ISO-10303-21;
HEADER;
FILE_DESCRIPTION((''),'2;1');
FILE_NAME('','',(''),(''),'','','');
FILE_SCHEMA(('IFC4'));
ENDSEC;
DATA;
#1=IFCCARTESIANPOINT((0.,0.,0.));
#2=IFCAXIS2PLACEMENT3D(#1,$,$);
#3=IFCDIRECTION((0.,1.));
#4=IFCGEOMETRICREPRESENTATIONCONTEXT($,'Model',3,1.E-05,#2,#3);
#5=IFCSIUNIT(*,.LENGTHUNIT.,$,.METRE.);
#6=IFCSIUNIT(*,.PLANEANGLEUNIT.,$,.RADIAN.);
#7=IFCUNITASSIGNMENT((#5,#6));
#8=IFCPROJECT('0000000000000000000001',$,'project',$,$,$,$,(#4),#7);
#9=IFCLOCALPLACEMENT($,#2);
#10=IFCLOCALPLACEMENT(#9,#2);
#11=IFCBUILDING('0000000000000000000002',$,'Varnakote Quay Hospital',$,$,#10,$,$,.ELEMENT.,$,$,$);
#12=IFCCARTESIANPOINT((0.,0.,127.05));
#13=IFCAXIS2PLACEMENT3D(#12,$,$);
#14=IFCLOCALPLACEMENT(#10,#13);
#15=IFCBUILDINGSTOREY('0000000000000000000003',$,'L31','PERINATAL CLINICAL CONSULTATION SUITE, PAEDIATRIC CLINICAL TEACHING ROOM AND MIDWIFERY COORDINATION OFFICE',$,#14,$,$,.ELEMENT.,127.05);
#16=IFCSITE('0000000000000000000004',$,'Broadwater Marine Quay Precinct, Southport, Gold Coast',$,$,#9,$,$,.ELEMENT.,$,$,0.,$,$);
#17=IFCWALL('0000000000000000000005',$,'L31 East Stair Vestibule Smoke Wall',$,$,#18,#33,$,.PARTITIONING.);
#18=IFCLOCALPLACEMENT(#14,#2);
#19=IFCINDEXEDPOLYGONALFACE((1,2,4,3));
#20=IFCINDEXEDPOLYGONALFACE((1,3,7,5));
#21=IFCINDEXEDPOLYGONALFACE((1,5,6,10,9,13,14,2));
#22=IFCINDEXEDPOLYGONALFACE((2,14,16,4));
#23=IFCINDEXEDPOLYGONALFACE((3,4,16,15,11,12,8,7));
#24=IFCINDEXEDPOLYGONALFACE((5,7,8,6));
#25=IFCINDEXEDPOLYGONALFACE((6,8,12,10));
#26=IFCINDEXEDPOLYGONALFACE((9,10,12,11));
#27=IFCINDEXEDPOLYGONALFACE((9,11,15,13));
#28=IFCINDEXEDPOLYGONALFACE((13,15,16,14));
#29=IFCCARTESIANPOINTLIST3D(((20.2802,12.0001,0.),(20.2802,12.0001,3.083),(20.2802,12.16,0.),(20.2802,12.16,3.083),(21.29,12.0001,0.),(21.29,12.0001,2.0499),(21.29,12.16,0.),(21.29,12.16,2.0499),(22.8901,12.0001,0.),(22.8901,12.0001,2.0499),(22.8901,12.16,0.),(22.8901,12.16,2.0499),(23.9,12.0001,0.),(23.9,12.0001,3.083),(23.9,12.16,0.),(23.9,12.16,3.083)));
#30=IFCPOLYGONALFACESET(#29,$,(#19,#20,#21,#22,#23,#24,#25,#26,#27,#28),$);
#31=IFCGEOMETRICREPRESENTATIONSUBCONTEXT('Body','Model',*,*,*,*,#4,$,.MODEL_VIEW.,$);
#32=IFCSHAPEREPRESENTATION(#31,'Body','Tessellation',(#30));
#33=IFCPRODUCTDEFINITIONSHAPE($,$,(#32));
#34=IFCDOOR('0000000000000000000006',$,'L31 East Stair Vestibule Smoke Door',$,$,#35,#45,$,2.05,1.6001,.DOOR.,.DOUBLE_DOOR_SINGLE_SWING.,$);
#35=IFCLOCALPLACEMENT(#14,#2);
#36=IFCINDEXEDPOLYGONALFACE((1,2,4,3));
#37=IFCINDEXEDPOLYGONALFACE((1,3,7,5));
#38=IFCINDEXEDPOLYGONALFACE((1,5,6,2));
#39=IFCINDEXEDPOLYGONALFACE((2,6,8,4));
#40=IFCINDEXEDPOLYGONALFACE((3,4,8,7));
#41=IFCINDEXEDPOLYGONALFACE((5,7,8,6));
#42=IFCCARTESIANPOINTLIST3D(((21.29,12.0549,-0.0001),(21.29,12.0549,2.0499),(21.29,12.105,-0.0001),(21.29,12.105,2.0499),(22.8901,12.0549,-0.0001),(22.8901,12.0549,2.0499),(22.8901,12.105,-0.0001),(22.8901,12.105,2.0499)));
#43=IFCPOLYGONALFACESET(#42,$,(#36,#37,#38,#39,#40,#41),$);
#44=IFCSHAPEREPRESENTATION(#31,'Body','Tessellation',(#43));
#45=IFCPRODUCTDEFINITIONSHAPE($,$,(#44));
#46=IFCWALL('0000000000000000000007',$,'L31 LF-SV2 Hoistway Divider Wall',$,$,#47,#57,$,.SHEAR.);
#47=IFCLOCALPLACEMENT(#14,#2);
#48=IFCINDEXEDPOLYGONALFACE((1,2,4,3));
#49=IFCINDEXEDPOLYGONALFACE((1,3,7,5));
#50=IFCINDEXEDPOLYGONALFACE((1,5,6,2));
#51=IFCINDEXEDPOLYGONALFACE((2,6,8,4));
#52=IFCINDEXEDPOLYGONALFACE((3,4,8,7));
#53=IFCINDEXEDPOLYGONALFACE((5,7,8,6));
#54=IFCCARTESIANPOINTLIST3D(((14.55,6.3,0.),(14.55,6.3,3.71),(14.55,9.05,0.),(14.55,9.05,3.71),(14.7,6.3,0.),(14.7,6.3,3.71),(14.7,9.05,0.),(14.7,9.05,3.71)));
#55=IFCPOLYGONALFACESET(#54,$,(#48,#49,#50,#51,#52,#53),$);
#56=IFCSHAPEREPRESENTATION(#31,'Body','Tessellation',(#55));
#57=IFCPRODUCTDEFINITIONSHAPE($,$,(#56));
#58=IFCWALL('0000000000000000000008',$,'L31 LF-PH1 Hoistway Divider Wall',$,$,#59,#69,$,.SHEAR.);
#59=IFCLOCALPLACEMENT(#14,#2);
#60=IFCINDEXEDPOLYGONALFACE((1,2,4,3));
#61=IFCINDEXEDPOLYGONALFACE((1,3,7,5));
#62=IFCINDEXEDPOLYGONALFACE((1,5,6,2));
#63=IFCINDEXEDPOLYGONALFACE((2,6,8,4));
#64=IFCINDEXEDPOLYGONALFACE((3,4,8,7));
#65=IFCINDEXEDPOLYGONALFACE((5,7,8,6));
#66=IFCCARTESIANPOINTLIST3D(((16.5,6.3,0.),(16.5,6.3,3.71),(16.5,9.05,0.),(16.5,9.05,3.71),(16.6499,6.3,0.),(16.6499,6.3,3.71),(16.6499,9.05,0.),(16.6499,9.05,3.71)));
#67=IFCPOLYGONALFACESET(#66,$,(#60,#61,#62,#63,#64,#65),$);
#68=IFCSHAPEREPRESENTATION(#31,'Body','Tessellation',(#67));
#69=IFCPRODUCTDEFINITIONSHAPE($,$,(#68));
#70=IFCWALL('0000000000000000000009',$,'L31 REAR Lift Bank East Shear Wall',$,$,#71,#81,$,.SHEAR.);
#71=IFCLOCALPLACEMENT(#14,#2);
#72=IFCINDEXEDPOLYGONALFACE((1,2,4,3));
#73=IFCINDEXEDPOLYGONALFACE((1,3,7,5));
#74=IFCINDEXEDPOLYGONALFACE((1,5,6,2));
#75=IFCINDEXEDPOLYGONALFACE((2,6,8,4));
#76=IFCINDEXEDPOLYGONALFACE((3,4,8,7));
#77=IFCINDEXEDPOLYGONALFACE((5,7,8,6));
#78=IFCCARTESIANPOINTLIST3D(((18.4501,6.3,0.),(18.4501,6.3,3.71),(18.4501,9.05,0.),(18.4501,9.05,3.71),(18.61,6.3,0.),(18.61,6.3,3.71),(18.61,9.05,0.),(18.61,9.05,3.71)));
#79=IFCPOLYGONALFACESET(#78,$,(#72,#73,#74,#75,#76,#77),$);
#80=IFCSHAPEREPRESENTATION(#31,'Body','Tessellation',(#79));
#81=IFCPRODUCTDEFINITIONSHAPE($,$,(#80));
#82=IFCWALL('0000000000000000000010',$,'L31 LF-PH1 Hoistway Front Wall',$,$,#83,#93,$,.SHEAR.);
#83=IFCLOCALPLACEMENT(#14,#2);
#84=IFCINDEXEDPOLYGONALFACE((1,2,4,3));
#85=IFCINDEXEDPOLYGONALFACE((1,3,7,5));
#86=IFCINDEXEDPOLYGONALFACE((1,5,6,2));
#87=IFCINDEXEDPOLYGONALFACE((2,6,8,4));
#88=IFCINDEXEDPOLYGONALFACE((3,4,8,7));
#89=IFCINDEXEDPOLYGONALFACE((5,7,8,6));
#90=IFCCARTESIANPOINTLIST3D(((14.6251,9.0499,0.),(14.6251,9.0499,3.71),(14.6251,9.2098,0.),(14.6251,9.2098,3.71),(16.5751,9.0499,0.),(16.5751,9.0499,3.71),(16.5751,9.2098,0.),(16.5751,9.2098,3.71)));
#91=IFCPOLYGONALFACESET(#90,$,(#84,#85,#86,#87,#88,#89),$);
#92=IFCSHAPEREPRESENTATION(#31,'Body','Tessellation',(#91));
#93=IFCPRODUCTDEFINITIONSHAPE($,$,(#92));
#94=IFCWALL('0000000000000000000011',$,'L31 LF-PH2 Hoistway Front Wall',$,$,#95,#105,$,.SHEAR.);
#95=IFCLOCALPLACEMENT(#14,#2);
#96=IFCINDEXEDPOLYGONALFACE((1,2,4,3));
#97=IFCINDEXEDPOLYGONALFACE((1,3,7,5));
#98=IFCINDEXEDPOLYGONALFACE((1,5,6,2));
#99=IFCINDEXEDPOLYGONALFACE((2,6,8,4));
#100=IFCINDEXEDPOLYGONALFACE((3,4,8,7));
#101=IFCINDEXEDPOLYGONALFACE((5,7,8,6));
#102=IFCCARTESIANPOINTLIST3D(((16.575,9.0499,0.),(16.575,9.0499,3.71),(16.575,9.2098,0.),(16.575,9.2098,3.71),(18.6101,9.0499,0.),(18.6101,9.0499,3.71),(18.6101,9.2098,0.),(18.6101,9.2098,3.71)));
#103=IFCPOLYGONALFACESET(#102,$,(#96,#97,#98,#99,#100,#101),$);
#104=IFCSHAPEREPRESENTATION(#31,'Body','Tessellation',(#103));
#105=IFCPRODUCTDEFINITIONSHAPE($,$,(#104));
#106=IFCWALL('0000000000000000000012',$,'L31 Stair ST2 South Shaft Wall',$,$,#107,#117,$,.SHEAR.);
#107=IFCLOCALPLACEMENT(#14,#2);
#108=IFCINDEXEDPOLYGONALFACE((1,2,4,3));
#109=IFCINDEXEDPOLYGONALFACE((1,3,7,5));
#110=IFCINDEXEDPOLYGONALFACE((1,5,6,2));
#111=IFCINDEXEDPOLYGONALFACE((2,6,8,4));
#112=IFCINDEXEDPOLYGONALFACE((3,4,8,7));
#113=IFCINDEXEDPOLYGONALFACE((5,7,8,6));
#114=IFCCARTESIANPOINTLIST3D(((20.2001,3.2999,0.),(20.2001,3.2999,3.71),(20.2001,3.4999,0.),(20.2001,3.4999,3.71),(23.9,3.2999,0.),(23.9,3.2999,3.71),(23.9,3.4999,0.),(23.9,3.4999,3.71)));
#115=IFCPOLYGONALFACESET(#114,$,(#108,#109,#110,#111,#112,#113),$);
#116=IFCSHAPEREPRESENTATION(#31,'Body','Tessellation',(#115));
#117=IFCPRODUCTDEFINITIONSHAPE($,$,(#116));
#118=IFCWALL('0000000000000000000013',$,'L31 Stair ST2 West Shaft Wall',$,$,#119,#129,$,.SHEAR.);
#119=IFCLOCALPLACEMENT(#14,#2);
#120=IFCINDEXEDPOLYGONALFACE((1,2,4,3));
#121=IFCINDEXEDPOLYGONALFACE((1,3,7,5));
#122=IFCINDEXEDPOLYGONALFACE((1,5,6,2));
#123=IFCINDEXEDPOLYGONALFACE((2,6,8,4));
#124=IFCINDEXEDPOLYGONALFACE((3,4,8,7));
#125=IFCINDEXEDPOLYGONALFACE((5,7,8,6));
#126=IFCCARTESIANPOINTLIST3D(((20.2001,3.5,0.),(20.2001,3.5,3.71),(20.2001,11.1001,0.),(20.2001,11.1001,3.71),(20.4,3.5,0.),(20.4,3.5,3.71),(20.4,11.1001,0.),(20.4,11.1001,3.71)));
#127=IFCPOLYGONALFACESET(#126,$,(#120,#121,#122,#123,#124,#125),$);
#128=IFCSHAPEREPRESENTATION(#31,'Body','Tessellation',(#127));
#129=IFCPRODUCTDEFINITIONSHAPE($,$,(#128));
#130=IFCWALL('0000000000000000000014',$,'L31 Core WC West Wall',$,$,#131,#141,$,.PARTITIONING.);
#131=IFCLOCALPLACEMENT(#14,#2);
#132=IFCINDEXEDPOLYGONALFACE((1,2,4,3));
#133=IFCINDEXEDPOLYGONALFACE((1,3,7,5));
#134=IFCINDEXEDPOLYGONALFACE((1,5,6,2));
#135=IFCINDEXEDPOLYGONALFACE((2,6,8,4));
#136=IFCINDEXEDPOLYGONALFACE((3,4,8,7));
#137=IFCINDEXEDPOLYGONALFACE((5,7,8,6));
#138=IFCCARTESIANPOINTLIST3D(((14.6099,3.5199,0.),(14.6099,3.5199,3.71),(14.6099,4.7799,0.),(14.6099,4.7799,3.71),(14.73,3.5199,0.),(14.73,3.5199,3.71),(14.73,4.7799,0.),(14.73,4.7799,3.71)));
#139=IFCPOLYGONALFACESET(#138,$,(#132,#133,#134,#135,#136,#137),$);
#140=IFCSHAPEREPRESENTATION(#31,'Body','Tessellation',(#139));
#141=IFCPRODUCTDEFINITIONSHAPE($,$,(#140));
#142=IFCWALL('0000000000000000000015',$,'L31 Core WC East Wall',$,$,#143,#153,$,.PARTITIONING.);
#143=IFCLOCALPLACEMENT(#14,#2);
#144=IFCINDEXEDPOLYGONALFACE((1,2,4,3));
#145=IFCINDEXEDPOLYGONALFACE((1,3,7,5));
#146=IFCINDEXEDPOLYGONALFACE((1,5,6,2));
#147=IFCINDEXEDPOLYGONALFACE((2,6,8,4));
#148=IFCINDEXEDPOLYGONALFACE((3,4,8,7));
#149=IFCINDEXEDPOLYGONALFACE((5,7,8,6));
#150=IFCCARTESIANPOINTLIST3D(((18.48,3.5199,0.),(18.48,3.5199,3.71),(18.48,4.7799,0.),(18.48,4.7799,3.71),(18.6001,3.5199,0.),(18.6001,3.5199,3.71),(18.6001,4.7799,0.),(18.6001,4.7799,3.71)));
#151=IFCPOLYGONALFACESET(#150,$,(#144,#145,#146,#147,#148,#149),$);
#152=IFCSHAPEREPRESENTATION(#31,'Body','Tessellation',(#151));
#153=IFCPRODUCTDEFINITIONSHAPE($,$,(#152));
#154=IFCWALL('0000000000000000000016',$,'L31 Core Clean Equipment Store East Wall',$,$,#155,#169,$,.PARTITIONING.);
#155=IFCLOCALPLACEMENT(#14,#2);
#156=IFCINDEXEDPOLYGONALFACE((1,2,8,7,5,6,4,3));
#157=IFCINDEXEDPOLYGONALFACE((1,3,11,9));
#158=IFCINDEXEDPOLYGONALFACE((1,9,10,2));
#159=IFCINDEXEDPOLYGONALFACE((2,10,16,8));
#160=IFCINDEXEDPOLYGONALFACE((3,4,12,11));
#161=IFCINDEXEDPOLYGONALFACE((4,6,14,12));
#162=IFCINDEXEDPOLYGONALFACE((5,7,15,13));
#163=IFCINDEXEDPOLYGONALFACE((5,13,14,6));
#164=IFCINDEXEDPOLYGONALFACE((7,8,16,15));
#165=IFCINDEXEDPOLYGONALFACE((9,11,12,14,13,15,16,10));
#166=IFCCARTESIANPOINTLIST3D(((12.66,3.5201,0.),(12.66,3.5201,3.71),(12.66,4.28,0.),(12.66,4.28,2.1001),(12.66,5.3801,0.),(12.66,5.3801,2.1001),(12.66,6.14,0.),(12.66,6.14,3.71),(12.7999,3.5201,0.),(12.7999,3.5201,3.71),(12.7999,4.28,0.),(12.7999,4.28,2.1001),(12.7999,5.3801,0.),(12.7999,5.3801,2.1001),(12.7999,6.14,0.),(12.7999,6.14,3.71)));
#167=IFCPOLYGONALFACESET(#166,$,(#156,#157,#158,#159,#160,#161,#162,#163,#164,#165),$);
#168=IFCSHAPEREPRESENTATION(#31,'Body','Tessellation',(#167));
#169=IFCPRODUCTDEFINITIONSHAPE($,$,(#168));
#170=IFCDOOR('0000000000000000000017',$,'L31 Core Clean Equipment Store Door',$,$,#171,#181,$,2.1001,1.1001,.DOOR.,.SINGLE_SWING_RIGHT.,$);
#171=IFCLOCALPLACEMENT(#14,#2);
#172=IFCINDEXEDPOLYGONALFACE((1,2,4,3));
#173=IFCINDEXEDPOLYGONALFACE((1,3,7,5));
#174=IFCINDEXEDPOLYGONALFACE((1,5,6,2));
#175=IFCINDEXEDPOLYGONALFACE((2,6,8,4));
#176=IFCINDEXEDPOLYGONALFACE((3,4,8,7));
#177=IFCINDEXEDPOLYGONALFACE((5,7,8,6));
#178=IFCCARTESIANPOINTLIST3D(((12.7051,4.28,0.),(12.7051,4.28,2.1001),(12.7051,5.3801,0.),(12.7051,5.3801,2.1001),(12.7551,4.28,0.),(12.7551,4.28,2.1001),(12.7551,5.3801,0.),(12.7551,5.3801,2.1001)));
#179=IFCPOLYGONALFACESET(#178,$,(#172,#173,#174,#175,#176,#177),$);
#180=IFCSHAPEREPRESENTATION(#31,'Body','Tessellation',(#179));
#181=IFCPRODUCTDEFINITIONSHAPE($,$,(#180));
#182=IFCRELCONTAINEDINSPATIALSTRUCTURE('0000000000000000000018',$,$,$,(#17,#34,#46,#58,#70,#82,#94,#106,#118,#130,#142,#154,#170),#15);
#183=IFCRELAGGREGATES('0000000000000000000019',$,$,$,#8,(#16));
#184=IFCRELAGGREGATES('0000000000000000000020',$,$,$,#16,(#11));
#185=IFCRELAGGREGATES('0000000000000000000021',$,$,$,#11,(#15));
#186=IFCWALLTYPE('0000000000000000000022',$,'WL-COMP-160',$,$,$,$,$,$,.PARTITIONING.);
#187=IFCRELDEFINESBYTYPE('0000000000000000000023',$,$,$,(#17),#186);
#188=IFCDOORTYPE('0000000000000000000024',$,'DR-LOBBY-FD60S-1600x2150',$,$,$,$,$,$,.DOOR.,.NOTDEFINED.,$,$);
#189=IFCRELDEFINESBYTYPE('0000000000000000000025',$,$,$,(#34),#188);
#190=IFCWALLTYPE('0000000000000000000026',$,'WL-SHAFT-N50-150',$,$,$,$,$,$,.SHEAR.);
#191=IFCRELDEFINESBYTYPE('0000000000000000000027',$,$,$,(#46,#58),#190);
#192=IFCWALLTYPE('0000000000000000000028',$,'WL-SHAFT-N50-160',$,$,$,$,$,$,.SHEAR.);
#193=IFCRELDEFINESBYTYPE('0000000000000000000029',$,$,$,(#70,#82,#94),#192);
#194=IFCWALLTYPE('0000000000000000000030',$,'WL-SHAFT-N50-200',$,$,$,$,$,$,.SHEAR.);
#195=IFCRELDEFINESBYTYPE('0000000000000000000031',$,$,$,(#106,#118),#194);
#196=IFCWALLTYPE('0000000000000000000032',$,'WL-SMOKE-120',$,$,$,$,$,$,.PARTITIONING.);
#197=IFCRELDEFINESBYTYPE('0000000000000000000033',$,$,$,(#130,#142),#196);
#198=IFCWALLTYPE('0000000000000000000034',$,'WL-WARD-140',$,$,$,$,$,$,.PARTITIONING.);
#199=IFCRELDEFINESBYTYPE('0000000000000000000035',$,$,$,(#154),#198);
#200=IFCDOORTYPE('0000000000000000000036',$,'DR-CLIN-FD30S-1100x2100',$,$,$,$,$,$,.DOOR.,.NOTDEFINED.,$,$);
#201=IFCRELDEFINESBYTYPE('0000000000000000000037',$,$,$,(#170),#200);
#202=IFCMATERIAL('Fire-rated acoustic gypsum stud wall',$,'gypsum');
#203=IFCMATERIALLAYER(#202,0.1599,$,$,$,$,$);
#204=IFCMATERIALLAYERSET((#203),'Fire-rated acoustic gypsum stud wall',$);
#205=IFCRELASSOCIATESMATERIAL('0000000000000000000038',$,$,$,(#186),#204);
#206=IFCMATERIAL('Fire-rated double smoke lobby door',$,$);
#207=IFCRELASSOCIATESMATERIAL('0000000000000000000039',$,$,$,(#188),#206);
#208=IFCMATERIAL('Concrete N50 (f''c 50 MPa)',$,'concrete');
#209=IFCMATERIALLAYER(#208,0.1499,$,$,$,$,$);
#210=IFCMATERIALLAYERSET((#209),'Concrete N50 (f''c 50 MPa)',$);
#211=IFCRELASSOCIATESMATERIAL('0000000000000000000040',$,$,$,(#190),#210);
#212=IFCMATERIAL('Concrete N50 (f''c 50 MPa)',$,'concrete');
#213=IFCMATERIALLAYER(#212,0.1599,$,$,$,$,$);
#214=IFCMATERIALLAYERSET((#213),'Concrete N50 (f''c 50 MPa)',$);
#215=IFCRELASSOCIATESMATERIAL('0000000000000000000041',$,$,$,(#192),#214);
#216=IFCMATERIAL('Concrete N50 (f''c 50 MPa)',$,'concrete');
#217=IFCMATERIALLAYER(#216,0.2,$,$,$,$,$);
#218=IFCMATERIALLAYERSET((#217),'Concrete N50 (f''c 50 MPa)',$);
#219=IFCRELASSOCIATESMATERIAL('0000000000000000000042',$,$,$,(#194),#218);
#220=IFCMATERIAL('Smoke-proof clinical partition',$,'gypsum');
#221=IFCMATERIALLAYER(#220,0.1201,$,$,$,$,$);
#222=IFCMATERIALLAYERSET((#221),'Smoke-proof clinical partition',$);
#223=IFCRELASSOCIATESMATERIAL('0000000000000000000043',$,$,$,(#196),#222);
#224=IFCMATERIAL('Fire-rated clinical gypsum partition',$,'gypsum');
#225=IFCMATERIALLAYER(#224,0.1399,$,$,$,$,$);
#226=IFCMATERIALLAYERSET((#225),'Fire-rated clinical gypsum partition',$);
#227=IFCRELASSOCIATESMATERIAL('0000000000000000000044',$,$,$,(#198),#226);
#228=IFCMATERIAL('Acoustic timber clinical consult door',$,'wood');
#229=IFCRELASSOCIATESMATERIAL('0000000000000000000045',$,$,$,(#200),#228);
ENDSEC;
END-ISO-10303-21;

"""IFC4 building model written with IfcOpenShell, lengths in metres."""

from ifc_helpers import new_model, si_unit, direction, frame, frame_2d, origin, place, context, subcontext, project, spatial, rectangle, extrude, material, layer, layer_set, type_object, element, fill, save


model = new_model("IFC4")

# Units and contexts
model_context = context("Model", 3, precision=1e-05, world=origin(), true_north=direction((0.0, 1.0)))
body_context = subcontext(model_context, "Body", "Model", "MODEL_VIEW")
ifc_project = project(units=[si_unit("LENGTHUNIT", "METRE"), si_unit("PLANEANGLEUNIT", "RADIAN")], contexts=[model_context])

# Site, building, storey
site_placement = place(None, origin())
site = spatial("IfcSite", under=ifc_project, at=site_placement, Name="Broadwater Marine Quay Precinct, Southport, Gold Coast", CompositionType="ELEMENT", RefElevation=0.0)
building_placement = place(site_placement, origin())
building = spatial("IfcBuilding", under=site, at=building_placement, Name="Varnakote Quay Hospital", CompositionType="ELEMENT")
storey_placement = place(building_placement, frame((0.0, 0.0, 127.05)))
storey = spatial("IfcBuildingStorey", under=building, at=storey_placement, Name="L31", Description="PERINATAL CLINICAL CONSULTATION SUITE, PAEDIATRIC CLINICAL TEACHING ROOM AND MIDWIFERY COORDINATION OFFICE", CompositionType="ELEMENT", Elevation=127.05)

# Shared definitions
ifc_material_1 = material(Name="Fire-rated acoustic gypsum stud wall", Category="gypsum")
ifc_layer_1 = layer(ifc_material_1, 0.1599)
ifc_layer_set_1 = layer_set([ifc_layer_1], Name="Fire-rated acoustic gypsum stud wall")
wall_type_1 = type_object("IfcWallType", Name="WL-COMP-160", PredefinedType="PARTITIONING", material=ifc_layer_set_1)

# Shared definitions
ifc_material_2 = material(Name="Fire-rated double smoke lobby door")
door_type_1 = type_object("IfcDoorType", Name="DR-LOBBY-FD60S-1600x2150", OperationType="NOTDEFINED", PredefinedType="DOOR", material=ifc_material_2)

# Wall, opening, door
wall_1_placement = place(storey_placement, frame((20.28, 12.0801, 0.0), z_axis=(0.0, 0.0, 1.0), x_axis=(1.0, 0.0, 0.0)))
wall_1 = element("IfcWall", 1, at=wall_1_placement, inside=storey, type_object=wall_type_1, Name="L31 East Stair Vestibule Smoke Wall", PredefinedType="PARTITIONING", context=body_context, shape_type="SweptSolid", body=[
    extrude(rectangle(XDim=3.6199, YDim=0.1599, at=frame_2d((1.8101, 0.0))), origin(), (0.0, 0.0, 1.0), 3.083),
])
opening_1_placement = place(wall_1_placement, frame((1.01, 0.0, 0.0)))
opening_1 = element("IfcOpeningElement", 2, at=opening_1_placement, cuts=wall_1, PredefinedType="OPENING", context=body_context, shape_type="SweptSolid", body=[
    extrude(rectangle(XDim=1.6001, YDim=2.05, at=frame_2d((0.8, 1.0249))), frame((0.0, 0.0898, 0.0), z_axis=(0.0, -1.0, 0.0), x_axis=(1.0, 0.0, 0.0)), (0.0, 0.0, 1.0), 0.1799),
])
door_1_placement = place(opening_1_placement, origin())
door_1 = element("IfcDoor", 3, at=door_1_placement, inside=storey, type_object=door_type_1, Name="L31 East Stair Vestibule Smoke Door", OperationType="DOUBLE_DOOR_SINGLE_SWING", OverallHeight=2.05, OverallWidth=1.6001, PredefinedType="DOOR", context=body_context, shape_type="SweptSolid", body=[
    extrude(rectangle(XDim=1.6001, YDim=2.05, at=frame_2d((0.8, 1.0249))), frame((0.0, 0.0249, 0.0), z_axis=(0.0, -1.0, 0.0), x_axis=(1.0, 0.0, 0.0)), (0.0, 0.0, 1.0), 0.05),
])
fill(opening_1, door_1)

# Walls
ifc_material_3 = material(Name="Concrete N50 (f'c 50 MPa)", Category="concrete")
ifc_layer_2 = layer(ifc_material_3, 0.1499)
ifc_layer_set_2 = layer_set([ifc_layer_2], Name="Concrete N50 (f'c 50 MPa)")
wall_type_2 = type_object("IfcWallType", Name="WL-SHAFT-N50-150", PredefinedType="SHEAR", material=ifc_layer_set_2)
for number, where, z_axis, x_axis, name in (
    (4, (14.625, 6.3, 0.0), (0.0, 0.0, 1.0), (0.0, 1.0, 0.0), "L31 LF-SV2 Hoistway Divider Wall"),
    (5, (16.575, 6.3, 0.0), (0.0, 0.0, 1.0), (0.0, 1.0, 0.0), "L31 LF-PH1 Hoistway Divider Wall"),
):
    element("IfcWall", number, at=place(storey_placement, frame(where, z_axis=z_axis, x_axis=x_axis)), inside=storey, type_object=wall_type_2, Name=name, PredefinedType="SHEAR", context=body_context, shape_type="SweptSolid", body=[
        extrude(rectangle(XDim=2.75, YDim=0.1499, at=frame_2d((1.375, 0.0))), origin(), (0.0, 0.0, 1.0), 3.71),
    ])
ifc_material_4 = material(Name="Concrete N50 (f'c 50 MPa)", Category="concrete")
ifc_layer_3 = layer(ifc_material_4, 0.1599)
ifc_layer_set_3 = layer_set([ifc_layer_3], Name="Concrete N50 (f'c 50 MPa)")
wall_type_3 = type_object("IfcWallType", Name="WL-SHAFT-N50-160", PredefinedType="SHEAR", material=ifc_layer_set_3)
wall_2_placement = place(storey_placement, frame((18.53, 6.3, 0.0), z_axis=(0.0, 0.0, 1.0), x_axis=(0.0, 1.0, 0.0)))
element("IfcWall", 6, at=wall_2_placement, inside=storey, type_object=wall_type_3, Name="L31 REAR Lift Bank East Shear Wall", PredefinedType="SHEAR", context=body_context, shape_type="SweptSolid", body=[
    extrude(rectangle(XDim=2.75, YDim=0.1599, at=frame_2d((1.375, 0.0))), origin(), (0.0, 0.0, 1.0), 3.71),
])

# Walls
wall_3_placement = place(storey_placement, frame((14.625, 9.1299, 0.0), z_axis=(0.0, 0.0, 1.0), x_axis=(1.0, 0.0, 0.0)))
element("IfcWall", 7, at=wall_3_placement, inside=storey, type_object=wall_type_3, Name="L31 LF-PH1 Hoistway Front Wall", PredefinedType="SHEAR", context=body_context, shape_type="SweptSolid", body=[
    extrude(rectangle(XDim=1.95, YDim=0.1599, at=frame_2d((0.9751, 0.0))), origin(), (0.0, 0.0, 1.0), 3.71),
])
wall_4_placement = place(storey_placement, frame((16.575, 9.1299, 0.0), z_axis=(0.0, 0.0, 1.0), x_axis=(1.0, 0.0, 0.0)))
element("IfcWall", 8, at=wall_4_placement, inside=storey, type_object=wall_type_3, Name="L31 LF-PH2 Hoistway Front Wall", PredefinedType="SHEAR", context=body_context, shape_type="SweptSolid", body=[
    extrude(rectangle(XDim=2.0352, YDim=0.1599, at=frame_2d((1.0176, 0.0))), origin(), (0.0, 0.0, 1.0), 3.71),
])
ifc_material_5 = material(Name="Concrete N50 (f'c 50 MPa)", Category="concrete")
ifc_layer_4 = layer(ifc_material_5, 0.2)
ifc_layer_set_4 = layer_set([ifc_layer_4], Name="Concrete N50 (f'c 50 MPa)")
wall_type_4 = type_object("IfcWallType", Name="WL-SHAFT-N50-200", PredefinedType="SHEAR", material=ifc_layer_set_4)
wall_5_placement = place(storey_placement, frame((20.2, 3.3999, 0.0), z_axis=(0.0, 0.0, 1.0), x_axis=(1.0, 0.0, 0.0)))
element("IfcWall", 9, at=wall_5_placement, inside=storey, type_object=wall_type_4, Name="L31 Stair ST2 South Shaft Wall", PredefinedType="SHEAR", context=body_context, shape_type="SweptSolid", body=[
    extrude(rectangle(XDim=3.7, YDim=0.2, at=frame_2d((1.8501, 0.0))), origin(), (0.0, 0.0, 1.0), 3.71),
])
wall_6_placement = place(storey_placement, frame((20.3, 3.5, 0.0), z_axis=(0.0, 0.0, 1.0), x_axis=(0.0, 1.0, 0.0)))
element("IfcWall", 10, at=wall_6_placement, inside=storey, type_object=wall_type_4, Name="L31 Stair ST2 West Shaft Wall", PredefinedType="SHEAR", context=body_context, shape_type="SweptSolid", body=[
    extrude(rectangle(XDim=7.6001, YDim=0.2, at=frame_2d((3.8, 0.0))), origin(), (0.0, 0.0, 1.0), 3.71),
])

# Walls
ifc_material_6 = material(Name="Smoke-proof clinical partition", Category="gypsum")
ifc_layer_5 = layer(ifc_material_6, 0.1201)
ifc_layer_set_5 = layer_set([ifc_layer_5], Name="Smoke-proof clinical partition")
wall_type_5 = type_object("IfcWallType", Name="WL-SMOKE-120", PredefinedType="PARTITIONING", material=ifc_layer_set_5)
for number, where, z_axis, x_axis, name in (
    (11, (14.6699, 3.52, 0.0), (0.0, 0.0, 1.0), (0.0, 1.0, 0.0), "L31 Core WC West Wall"),
    (12, (18.54, 3.52, 0.0), (0.0, 0.0, 1.0), (0.0, 1.0, 0.0), "L31 Core WC East Wall"),
):
    element("IfcWall", number, at=place(storey_placement, frame(where, z_axis=z_axis, x_axis=x_axis)), inside=storey, type_object=wall_type_5, Name=name, PredefinedType="PARTITIONING", context=body_context, shape_type="SweptSolid", body=[
        extrude(rectangle(XDim=1.26, YDim=0.1201, at=frame_2d((0.6299, 0.0))), origin(), (0.0, 0.0, 1.0), 3.71),
    ])

# Wall, opening, door
ifc_material_7 = material(Name="Fire-rated clinical gypsum partition", Category="gypsum")
ifc_layer_6 = layer(ifc_material_7, 0.1399)
ifc_layer_set_6 = layer_set([ifc_layer_6], Name="Fire-rated clinical gypsum partition")
wall_type_6 = type_object("IfcWallType", Name="WL-WARD-140", PredefinedType="PARTITIONING", material=ifc_layer_set_6)
wall_7_placement = place(storey_placement, frame((12.73, 3.52, 0.0), z_axis=(0.0, 0.0, 1.0), x_axis=(0.0, 1.0, 0.0)))
wall_7 = element("IfcWall", 13, at=wall_7_placement, inside=storey, type_object=wall_type_6, Name="L31 Core Clean Equipment Store East Wall", PredefinedType="PARTITIONING", context=body_context, shape_type="SweptSolid", body=[
    extrude(rectangle(XDim=2.6199, YDim=0.1399, at=frame_2d((1.3101, 0.0))), origin(), (0.0, 0.0, 1.0), 3.71),
])
opening_2_placement = place(wall_7_placement, frame((0.76, 0.0, 0.0)))
opening_2 = element("IfcOpeningElement", 14, at=opening_2_placement, cuts=wall_7, PredefinedType="OPENING", context=body_context, shape_type="SweptSolid", body=[
    extrude(rectangle(XDim=1.1001, YDim=2.1001, at=frame_2d((0.55, 1.05))), frame((0.0, 0.0798, 0.0), z_axis=(0.0, -1.0, 0.0), x_axis=(1.0, 0.0, 0.0)), (0.0, 0.0, 1.0), 0.1599),
])
ifc_material_8 = material(Name="Acoustic timber clinical consult door", Category="wood")
door_type_2 = type_object("IfcDoorType", Name="DR-CLIN-FD30S-1100x2100", OperationType="NOTDEFINED", PredefinedType="DOOR", material=ifc_material_8)
door_2_placement = place(opening_2_placement, origin())
door_2 = element("IfcDoor", 15, at=door_2_placement, inside=storey, type_object=door_type_2, Name="L31 Core Clean Equipment Store Door", OperationType="SINGLE_SWING_RIGHT", OverallHeight=2.1001, OverallWidth=1.1001, PredefinedType="DOOR", context=body_context, shape_type="SweptSolid", body=[
    extrude(rectangle(XDim=1.1001, YDim=2.1001, at=frame_2d((0.55, 1.05))), frame((0.0, 0.0249, 0.0), z_axis=(0.0, -1.0, 0.0), x_axis=(1.0, 0.0, 0.0)), (0.0, 0.0, 1.0), 0.05),
])
fill(opening_2, door_2)

save(model, "model.ifc")
